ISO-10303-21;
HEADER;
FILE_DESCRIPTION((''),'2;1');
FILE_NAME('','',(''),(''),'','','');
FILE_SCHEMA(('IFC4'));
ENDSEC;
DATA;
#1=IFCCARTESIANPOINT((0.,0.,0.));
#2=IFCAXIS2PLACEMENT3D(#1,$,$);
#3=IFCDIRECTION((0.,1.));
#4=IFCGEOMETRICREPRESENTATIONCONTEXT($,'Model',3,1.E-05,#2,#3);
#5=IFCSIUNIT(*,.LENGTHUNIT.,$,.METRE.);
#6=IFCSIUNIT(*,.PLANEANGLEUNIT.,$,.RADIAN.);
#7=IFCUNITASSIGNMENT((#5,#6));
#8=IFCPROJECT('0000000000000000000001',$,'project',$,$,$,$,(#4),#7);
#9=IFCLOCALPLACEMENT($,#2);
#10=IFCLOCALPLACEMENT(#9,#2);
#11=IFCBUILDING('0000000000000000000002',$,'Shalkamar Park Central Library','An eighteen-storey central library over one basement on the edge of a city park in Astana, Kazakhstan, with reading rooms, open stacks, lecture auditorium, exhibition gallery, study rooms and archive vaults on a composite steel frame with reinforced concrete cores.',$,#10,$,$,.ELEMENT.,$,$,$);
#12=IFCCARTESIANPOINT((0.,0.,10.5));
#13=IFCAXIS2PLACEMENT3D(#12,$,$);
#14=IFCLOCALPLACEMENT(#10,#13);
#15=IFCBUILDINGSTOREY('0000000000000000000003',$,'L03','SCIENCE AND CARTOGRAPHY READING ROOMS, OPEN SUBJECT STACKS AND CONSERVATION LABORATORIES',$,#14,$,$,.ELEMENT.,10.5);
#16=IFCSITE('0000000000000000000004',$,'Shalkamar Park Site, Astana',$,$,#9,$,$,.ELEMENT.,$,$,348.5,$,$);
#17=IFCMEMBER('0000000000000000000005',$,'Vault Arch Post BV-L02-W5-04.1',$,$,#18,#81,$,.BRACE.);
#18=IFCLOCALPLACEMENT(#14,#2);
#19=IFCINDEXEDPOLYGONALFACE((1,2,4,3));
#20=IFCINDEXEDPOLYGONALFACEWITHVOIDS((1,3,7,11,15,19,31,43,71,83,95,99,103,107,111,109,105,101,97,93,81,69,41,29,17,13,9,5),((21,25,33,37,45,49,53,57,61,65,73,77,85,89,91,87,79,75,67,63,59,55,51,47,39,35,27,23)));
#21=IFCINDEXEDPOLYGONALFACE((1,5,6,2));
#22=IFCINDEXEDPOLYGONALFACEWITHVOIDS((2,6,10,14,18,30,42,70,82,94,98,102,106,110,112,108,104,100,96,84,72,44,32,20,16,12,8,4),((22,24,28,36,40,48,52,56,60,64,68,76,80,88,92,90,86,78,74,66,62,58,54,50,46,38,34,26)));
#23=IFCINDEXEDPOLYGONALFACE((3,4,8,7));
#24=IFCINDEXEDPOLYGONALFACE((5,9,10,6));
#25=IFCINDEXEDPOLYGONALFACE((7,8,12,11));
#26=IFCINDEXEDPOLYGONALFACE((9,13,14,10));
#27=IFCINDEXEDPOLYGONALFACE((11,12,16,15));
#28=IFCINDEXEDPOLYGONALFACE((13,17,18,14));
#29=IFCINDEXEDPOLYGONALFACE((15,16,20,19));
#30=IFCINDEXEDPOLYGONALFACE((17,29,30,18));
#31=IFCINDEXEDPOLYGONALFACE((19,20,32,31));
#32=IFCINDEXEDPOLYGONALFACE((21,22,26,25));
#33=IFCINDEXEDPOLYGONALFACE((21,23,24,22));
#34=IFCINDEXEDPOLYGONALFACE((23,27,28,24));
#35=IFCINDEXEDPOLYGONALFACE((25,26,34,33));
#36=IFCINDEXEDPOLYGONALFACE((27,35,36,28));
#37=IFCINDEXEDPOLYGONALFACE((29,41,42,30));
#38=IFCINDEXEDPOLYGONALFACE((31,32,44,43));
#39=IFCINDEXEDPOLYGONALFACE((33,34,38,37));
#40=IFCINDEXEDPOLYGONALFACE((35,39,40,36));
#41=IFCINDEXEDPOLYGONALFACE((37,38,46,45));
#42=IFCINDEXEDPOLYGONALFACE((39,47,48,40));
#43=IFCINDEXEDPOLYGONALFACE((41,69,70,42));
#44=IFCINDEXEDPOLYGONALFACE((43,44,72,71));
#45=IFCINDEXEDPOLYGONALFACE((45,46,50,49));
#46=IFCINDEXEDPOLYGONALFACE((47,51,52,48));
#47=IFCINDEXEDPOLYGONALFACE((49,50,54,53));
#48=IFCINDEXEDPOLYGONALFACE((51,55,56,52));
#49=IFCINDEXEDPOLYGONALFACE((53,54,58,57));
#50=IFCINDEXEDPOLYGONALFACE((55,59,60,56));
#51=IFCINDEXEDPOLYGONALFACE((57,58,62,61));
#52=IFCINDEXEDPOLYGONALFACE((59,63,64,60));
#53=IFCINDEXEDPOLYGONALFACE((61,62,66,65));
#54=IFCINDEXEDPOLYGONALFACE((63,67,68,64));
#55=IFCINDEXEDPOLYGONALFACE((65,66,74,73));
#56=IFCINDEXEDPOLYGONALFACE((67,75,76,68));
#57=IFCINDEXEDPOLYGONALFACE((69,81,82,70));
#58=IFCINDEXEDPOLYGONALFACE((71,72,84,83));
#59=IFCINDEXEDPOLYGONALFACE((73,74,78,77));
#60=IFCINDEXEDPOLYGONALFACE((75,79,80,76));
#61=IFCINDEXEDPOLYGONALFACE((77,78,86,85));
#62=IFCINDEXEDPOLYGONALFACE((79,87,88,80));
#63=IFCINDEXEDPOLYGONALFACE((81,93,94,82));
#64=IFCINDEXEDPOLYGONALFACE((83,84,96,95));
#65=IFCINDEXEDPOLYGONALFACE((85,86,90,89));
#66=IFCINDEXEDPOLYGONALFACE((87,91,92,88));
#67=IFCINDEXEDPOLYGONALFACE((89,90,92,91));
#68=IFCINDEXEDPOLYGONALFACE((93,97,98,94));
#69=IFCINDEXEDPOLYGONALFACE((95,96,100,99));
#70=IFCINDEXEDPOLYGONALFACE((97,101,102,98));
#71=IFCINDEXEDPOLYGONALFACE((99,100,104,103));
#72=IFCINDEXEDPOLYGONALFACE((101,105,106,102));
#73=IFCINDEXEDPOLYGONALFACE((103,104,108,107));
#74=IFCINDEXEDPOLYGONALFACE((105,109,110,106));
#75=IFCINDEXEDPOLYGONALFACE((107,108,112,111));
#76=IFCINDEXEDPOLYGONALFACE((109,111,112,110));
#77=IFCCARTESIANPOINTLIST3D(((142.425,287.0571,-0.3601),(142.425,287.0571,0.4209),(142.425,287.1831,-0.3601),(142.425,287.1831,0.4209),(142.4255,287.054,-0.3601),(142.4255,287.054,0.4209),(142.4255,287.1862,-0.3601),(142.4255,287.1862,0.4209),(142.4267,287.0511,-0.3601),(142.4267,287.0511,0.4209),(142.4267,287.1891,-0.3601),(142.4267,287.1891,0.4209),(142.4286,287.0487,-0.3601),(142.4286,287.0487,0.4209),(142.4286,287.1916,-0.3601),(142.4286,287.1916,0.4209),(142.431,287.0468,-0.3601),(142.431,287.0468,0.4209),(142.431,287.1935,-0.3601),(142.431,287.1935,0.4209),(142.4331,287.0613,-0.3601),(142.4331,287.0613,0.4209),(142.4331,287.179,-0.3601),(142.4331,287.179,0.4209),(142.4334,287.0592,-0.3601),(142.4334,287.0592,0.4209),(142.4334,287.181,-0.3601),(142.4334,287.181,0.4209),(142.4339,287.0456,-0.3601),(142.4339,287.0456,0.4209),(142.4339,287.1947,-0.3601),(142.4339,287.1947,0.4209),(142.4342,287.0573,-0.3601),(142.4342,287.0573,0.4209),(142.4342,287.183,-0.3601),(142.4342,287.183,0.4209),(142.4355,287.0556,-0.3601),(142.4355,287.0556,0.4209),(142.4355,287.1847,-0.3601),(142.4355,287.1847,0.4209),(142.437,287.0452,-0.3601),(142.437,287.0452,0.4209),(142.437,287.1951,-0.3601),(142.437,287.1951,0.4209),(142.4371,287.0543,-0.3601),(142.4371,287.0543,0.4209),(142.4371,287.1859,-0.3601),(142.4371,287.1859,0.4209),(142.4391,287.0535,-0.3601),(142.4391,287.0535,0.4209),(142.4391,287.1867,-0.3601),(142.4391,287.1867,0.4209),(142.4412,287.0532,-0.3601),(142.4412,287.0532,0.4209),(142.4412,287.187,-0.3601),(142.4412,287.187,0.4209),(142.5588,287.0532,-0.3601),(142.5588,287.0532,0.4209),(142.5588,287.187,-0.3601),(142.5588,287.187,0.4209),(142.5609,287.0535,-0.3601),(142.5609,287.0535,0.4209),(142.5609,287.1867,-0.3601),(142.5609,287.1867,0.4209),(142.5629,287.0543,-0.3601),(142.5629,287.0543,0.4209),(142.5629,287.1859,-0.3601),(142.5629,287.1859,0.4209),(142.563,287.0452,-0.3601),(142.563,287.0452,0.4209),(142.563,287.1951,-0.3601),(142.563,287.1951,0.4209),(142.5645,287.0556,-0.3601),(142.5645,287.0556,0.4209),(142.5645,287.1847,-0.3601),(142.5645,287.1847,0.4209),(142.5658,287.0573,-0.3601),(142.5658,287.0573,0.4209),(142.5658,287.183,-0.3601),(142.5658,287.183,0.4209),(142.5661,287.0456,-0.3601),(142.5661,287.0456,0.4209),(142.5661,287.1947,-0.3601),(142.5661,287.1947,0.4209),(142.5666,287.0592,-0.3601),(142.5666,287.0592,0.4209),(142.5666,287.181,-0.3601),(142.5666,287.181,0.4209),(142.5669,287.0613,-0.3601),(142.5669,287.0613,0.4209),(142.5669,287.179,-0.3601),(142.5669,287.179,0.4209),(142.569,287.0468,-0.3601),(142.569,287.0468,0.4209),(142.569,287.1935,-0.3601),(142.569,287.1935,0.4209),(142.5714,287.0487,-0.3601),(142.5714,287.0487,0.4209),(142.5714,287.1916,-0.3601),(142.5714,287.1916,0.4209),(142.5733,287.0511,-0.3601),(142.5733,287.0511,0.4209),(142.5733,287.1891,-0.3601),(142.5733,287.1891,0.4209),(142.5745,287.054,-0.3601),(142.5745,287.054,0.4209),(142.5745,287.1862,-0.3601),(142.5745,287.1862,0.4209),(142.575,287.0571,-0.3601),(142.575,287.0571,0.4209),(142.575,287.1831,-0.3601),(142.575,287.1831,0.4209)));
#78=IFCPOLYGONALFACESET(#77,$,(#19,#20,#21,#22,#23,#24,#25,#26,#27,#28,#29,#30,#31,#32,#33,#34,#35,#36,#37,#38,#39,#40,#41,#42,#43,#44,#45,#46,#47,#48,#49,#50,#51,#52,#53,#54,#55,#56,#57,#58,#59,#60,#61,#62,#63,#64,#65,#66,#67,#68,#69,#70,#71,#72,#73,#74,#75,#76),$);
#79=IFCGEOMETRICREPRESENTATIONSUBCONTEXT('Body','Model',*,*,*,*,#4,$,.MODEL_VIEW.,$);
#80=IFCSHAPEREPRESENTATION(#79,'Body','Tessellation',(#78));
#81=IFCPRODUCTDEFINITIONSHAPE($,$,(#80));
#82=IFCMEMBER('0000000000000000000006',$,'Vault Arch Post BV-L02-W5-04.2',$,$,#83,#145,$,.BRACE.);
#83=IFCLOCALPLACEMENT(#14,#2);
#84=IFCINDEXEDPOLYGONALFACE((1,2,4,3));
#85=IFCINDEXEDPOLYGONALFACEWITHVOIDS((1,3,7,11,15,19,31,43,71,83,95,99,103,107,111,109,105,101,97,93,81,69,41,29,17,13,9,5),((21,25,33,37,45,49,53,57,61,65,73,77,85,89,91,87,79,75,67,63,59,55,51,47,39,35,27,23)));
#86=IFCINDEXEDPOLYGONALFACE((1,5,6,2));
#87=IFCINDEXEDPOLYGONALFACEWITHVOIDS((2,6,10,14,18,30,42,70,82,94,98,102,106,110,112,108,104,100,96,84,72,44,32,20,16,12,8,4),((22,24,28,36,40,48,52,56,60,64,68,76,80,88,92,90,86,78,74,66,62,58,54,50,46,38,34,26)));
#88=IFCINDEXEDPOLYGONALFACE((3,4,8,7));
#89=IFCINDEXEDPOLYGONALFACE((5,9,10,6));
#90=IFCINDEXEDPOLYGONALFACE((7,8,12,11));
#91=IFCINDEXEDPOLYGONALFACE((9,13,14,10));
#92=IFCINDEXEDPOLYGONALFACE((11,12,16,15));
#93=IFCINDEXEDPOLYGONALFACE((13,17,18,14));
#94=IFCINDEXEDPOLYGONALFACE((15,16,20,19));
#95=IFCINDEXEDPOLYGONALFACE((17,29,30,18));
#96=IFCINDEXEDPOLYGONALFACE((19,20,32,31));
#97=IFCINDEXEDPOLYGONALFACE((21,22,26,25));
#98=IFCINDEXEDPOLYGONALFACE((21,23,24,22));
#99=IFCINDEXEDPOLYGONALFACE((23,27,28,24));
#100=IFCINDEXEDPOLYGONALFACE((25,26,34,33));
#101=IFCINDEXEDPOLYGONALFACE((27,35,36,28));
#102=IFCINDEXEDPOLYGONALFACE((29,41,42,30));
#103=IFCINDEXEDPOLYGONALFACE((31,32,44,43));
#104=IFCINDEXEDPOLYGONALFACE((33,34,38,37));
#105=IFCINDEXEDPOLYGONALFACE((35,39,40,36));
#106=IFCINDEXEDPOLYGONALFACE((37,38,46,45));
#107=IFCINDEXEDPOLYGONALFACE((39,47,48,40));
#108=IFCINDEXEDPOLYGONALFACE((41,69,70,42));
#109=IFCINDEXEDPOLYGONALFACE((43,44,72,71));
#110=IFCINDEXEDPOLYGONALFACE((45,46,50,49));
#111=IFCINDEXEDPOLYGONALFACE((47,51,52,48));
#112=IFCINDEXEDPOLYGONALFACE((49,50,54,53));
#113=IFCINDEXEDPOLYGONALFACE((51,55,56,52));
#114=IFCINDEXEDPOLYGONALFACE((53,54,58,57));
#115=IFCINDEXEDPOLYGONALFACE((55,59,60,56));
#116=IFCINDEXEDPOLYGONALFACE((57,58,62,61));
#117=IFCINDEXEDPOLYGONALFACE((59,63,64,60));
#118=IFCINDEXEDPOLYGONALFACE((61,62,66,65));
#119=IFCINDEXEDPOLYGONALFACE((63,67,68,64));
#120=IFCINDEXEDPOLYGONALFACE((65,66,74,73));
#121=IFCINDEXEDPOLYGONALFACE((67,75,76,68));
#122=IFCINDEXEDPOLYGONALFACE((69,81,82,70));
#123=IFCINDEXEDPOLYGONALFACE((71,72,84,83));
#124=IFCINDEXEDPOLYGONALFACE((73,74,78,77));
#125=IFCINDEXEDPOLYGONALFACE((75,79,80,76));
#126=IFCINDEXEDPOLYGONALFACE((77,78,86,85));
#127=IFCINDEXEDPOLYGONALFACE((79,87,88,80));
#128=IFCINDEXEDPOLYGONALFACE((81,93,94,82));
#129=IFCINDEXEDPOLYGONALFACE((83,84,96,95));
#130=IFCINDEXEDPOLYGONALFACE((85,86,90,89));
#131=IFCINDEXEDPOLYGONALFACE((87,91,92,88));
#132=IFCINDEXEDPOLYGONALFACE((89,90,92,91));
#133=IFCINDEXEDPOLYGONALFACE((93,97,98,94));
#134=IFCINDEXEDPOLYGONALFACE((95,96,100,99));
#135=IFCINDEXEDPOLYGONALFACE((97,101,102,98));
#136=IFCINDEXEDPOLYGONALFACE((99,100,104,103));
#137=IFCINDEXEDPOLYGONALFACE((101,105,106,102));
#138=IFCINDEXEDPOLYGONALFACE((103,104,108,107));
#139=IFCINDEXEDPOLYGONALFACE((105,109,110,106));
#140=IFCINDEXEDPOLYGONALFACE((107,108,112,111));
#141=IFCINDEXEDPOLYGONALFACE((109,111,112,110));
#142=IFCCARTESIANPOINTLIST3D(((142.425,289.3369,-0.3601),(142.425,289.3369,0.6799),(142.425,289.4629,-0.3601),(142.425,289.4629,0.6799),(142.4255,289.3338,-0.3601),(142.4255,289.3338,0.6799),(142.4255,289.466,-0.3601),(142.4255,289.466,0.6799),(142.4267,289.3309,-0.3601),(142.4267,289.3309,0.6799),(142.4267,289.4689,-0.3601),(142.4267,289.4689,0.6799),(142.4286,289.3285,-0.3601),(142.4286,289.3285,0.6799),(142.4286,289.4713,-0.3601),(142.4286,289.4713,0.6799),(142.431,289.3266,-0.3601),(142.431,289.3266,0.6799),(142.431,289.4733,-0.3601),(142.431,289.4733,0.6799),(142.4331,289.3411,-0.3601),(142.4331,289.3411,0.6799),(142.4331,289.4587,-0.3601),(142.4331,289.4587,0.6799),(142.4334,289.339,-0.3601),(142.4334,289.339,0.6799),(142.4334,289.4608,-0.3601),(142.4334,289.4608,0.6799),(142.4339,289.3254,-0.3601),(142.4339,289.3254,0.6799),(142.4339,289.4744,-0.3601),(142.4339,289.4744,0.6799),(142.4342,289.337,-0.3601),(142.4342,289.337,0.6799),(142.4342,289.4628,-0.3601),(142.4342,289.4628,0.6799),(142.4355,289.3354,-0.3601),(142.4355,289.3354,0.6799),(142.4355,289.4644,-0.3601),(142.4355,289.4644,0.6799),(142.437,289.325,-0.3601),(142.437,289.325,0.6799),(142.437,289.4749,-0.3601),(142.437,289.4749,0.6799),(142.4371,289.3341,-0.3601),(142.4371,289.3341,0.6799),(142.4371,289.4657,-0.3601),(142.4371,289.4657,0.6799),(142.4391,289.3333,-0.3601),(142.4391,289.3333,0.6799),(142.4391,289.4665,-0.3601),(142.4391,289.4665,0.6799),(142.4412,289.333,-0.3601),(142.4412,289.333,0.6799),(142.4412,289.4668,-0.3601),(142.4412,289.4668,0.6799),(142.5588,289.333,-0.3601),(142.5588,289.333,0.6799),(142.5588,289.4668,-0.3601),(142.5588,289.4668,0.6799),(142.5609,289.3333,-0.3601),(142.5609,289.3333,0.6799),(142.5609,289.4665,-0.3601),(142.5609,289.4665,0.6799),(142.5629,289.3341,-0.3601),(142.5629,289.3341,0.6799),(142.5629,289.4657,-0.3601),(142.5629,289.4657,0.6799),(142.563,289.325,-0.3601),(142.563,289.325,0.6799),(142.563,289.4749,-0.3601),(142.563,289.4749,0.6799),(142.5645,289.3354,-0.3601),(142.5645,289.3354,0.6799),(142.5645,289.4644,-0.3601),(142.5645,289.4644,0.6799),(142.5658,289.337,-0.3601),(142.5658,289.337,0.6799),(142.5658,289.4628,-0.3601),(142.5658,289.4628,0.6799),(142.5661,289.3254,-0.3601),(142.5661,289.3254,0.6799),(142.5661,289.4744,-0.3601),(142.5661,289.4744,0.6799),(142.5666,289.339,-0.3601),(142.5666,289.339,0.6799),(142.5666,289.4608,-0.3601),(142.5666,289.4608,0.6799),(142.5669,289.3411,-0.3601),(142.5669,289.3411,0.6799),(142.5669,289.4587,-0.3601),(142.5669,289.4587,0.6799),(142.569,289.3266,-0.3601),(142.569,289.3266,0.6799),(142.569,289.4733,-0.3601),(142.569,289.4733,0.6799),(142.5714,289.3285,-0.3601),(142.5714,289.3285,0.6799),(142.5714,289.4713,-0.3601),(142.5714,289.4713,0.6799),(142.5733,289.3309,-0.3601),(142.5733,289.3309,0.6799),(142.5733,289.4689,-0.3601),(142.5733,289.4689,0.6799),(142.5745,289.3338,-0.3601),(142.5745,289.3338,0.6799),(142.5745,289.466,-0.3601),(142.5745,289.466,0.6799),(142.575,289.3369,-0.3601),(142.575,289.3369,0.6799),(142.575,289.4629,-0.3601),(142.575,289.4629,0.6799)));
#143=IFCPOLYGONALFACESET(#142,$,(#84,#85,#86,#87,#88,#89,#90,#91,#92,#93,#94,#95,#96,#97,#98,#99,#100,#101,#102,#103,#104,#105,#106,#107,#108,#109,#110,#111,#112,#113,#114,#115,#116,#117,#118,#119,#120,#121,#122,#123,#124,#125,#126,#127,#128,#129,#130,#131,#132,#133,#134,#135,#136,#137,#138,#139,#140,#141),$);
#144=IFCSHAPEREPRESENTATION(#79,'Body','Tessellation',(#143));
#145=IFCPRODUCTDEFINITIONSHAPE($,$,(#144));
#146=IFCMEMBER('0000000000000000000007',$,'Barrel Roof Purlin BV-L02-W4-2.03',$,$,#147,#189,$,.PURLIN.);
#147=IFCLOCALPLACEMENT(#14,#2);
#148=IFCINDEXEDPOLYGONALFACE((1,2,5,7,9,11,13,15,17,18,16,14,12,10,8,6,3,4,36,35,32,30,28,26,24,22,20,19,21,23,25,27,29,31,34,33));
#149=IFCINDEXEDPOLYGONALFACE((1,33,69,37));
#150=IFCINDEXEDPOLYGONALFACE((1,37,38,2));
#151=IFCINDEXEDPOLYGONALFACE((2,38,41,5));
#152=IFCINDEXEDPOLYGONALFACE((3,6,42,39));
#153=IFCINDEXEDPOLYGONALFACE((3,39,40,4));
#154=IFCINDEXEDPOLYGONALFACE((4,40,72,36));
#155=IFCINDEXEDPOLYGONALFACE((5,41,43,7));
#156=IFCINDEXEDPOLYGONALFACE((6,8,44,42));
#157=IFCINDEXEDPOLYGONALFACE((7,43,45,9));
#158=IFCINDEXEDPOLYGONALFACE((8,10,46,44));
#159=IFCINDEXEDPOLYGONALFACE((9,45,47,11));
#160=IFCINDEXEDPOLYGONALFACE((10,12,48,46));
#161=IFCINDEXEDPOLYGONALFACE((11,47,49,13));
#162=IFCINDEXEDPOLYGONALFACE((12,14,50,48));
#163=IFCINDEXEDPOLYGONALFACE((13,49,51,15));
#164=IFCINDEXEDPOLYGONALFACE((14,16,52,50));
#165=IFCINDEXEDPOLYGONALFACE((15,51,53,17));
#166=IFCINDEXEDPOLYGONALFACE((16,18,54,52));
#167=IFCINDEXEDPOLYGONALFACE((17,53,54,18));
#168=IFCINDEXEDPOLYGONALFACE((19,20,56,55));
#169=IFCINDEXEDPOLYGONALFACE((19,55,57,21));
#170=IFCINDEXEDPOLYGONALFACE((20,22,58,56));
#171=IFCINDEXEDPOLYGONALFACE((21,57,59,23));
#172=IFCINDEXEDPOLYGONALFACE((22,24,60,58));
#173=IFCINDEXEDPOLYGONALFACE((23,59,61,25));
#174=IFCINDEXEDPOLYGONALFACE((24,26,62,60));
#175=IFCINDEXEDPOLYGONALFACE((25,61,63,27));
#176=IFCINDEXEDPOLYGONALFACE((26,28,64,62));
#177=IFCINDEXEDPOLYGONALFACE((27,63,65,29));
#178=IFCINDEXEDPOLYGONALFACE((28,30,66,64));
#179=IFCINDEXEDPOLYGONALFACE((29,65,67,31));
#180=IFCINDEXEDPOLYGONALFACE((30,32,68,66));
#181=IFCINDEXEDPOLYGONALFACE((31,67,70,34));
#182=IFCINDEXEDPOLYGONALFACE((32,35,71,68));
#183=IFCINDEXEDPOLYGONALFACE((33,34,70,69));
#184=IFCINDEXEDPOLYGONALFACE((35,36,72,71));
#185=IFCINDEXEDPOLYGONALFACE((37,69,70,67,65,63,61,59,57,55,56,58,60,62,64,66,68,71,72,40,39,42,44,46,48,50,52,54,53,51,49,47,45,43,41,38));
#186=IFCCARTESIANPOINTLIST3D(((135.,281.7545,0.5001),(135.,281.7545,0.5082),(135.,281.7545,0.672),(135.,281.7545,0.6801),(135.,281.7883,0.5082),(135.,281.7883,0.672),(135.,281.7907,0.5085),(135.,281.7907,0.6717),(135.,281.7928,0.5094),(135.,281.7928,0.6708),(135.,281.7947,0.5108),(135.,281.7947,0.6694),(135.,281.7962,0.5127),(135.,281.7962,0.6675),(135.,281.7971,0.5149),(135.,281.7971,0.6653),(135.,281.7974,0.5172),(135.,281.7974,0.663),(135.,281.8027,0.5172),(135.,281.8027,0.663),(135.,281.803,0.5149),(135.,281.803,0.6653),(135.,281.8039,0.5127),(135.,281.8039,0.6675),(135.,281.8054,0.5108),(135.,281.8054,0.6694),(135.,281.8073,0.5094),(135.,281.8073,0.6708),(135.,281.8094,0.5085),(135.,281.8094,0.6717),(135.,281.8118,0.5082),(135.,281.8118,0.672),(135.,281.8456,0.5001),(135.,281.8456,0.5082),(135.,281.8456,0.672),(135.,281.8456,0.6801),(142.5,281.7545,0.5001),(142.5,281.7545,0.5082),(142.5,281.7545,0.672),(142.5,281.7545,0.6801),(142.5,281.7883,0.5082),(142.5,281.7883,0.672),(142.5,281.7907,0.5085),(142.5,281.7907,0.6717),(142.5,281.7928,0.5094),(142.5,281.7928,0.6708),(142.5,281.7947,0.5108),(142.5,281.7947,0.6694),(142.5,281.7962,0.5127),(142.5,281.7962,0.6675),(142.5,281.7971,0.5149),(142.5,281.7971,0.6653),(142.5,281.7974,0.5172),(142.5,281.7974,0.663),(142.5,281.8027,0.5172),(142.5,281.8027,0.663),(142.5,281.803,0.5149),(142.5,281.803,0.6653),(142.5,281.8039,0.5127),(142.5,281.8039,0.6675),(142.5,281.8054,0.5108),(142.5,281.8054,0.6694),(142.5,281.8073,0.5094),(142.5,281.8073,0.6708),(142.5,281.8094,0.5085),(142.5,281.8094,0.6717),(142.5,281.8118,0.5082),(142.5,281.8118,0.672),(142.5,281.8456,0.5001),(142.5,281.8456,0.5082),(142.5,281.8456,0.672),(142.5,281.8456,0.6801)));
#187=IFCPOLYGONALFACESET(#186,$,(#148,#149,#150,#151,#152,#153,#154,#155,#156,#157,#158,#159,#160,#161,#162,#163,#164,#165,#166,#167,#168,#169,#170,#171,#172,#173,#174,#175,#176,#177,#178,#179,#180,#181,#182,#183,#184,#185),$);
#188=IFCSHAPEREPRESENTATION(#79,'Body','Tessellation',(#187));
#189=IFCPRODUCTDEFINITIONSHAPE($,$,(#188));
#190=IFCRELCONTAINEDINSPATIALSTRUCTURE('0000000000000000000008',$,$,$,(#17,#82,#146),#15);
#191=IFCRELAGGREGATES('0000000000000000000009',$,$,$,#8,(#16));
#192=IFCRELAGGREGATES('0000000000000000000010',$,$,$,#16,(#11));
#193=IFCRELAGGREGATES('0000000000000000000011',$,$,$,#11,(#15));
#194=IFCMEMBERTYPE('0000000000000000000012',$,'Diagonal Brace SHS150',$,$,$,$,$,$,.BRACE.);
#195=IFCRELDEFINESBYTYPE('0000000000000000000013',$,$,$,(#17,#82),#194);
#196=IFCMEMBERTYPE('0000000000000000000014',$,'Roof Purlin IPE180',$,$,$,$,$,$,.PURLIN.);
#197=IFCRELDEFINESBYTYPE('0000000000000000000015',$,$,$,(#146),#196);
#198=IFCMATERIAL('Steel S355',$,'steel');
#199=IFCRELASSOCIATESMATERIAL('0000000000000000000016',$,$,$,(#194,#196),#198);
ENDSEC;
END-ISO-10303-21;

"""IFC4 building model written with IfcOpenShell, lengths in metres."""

from ifc_helpers import new_model, si_unit, direction, frame, origin, origin_2d, place, context, subcontext, project, spatial, hollow_rectangle, i_section, extrude, material, material_profile, profile_set, type_object, element, save


model = new_model("IFC4")

# Units and contexts
model_context = context("Model", 3, precision=1e-05, world=origin(), true_north=direction((0.0, 1.0)))
body_context = subcontext(model_context, "Body", "Model", "MODEL_VIEW")
ifc_project = project(units=[si_unit("LENGTHUNIT", "METRE"), si_unit("PLANEANGLEUNIT", "RADIAN")], contexts=[model_context])

# Site, building, storey
site_placement = place(None, origin())
site = spatial("IfcSite", under=ifc_project, at=site_placement, Name="Shalkamar Park Site, Astana", CompositionType="ELEMENT", RefElevation=348.5)
building_placement = place(site_placement, origin())
building = spatial("IfcBuilding", under=site, at=building_placement, Name="Shalkamar Park Central Library", Description="An eighteen-storey central library over one basement on the edge of a city park in Astana, Kazakhstan, with reading rooms, open stacks, lecture auditorium, exhibition gallery, study rooms and archive vaults on a composite steel frame with reinforced concrete cores.", CompositionType="ELEMENT")
storey_placement = place(building_placement, frame((0.0, 0.0, 10.5)))
storey = spatial("IfcBuildingStorey", under=building, at=storey_placement, Name="L03", Description="SCIENCE AND CARTOGRAPHY READING ROOMS, OPEN SUBJECT STACKS AND CONSERVATION LABORATORIES", CompositionType="ELEMENT", Elevation=10.5)

# Members
ifc_material_1 = material(Name="Steel S355", Category="steel")
ifc_material_profile_1 = material_profile(ifc_material_1, hollow_rectangle(XDim=0.1499, YDim=0.1499, WallThickness=0.0081, InnerFilletRadius=0.0081, OuterFilletRadius=0.012, at=origin_2d()), Name="SHS 150x150x8")
ifc_profile_set_1 = profile_set([ifc_material_profile_1], Name="Steel S355")
member_type_1 = type_object("IfcMemberType", Name="Diagonal Brace SHS150", PredefinedType="BRACE", material=ifc_profile_set_1)
member_1_placement = place(storey_placement, frame((142.5, 287.1201, -0.3601), z_axis=(0.0, 0.0, 1.0), x_axis=(1.0, 0.0, 0.0)))
element("IfcMember", 1, at=member_1_placement, inside=storey, type_object=member_type_1, Name="Vault Arch Post BV-L02-W5-04.1", PredefinedType="BRACE", context=body_context, shape_type="SweptSolid", body=[
    extrude(hollow_rectangle(XDim=0.1499, YDim=0.1499, WallThickness=0.0081, InnerFilletRadius=0.0081, OuterFilletRadius=0.012, at=origin_2d()), origin(), (0.0, 0.0, 1.0), 0.781),
])
member_2_placement = place(storey_placement, frame((142.5, 289.3999, -0.3601), z_axis=(0.0, 0.0, 1.0), x_axis=(1.0, 0.0, 0.0)))
element("IfcMember", 2, at=member_2_placement, inside=storey, type_object=member_type_1, Name="Vault Arch Post BV-L02-W5-04.2", PredefinedType="BRACE", context=body_context, shape_type="SweptSolid", body=[
    extrude(hollow_rectangle(XDim=0.1499, YDim=0.1499, WallThickness=0.0081, InnerFilletRadius=0.0081, OuterFilletRadius=0.012, at=origin_2d()), origin(), (0.0, 0.0, 1.0), 1.04),
])
ifc_material_profile_2 = material_profile(ifc_material_1, i_section(OverallWidth=0.0911, OverallDepth=0.1799, WebThickness=0.0054, FlangeThickness=0.0081, FilletRadius=0.009, at=origin_2d()), Name="IPE 180")
ifc_profile_set_2 = profile_set([ifc_material_profile_2], Name="Steel S355")
member_type_2 = type_object("IfcMemberType", Name="Roof Purlin IPE180", PredefinedType="PURLIN", material=ifc_profile_set_2)
for number, where, z_axis, x_axis, name in (
    (3, (135.0, 281.8, 0.5901), (1.0, 0.0, 0.0), (0.0, 1.0, 0.0), "Barrel Roof Purlin BV-L02-W4-2.03"),
):
    element("IfcMember", number, at=place(storey_placement, frame(where, z_axis=z_axis, x_axis=x_axis)), inside=storey, type_object=member_type_2, Name=name, PredefinedType="PURLIN", context=body_context, shape_type="SweptSolid", body=[
        extrude(i_section(OverallWidth=0.0911, OverallDepth=0.1799, WebThickness=0.0054, FlangeThickness=0.0081, FilletRadius=0.009, at=origin_2d()), origin(), (0.0, 0.0, 1.0), 7.5),
    ])

save(model, "model.ifc")
